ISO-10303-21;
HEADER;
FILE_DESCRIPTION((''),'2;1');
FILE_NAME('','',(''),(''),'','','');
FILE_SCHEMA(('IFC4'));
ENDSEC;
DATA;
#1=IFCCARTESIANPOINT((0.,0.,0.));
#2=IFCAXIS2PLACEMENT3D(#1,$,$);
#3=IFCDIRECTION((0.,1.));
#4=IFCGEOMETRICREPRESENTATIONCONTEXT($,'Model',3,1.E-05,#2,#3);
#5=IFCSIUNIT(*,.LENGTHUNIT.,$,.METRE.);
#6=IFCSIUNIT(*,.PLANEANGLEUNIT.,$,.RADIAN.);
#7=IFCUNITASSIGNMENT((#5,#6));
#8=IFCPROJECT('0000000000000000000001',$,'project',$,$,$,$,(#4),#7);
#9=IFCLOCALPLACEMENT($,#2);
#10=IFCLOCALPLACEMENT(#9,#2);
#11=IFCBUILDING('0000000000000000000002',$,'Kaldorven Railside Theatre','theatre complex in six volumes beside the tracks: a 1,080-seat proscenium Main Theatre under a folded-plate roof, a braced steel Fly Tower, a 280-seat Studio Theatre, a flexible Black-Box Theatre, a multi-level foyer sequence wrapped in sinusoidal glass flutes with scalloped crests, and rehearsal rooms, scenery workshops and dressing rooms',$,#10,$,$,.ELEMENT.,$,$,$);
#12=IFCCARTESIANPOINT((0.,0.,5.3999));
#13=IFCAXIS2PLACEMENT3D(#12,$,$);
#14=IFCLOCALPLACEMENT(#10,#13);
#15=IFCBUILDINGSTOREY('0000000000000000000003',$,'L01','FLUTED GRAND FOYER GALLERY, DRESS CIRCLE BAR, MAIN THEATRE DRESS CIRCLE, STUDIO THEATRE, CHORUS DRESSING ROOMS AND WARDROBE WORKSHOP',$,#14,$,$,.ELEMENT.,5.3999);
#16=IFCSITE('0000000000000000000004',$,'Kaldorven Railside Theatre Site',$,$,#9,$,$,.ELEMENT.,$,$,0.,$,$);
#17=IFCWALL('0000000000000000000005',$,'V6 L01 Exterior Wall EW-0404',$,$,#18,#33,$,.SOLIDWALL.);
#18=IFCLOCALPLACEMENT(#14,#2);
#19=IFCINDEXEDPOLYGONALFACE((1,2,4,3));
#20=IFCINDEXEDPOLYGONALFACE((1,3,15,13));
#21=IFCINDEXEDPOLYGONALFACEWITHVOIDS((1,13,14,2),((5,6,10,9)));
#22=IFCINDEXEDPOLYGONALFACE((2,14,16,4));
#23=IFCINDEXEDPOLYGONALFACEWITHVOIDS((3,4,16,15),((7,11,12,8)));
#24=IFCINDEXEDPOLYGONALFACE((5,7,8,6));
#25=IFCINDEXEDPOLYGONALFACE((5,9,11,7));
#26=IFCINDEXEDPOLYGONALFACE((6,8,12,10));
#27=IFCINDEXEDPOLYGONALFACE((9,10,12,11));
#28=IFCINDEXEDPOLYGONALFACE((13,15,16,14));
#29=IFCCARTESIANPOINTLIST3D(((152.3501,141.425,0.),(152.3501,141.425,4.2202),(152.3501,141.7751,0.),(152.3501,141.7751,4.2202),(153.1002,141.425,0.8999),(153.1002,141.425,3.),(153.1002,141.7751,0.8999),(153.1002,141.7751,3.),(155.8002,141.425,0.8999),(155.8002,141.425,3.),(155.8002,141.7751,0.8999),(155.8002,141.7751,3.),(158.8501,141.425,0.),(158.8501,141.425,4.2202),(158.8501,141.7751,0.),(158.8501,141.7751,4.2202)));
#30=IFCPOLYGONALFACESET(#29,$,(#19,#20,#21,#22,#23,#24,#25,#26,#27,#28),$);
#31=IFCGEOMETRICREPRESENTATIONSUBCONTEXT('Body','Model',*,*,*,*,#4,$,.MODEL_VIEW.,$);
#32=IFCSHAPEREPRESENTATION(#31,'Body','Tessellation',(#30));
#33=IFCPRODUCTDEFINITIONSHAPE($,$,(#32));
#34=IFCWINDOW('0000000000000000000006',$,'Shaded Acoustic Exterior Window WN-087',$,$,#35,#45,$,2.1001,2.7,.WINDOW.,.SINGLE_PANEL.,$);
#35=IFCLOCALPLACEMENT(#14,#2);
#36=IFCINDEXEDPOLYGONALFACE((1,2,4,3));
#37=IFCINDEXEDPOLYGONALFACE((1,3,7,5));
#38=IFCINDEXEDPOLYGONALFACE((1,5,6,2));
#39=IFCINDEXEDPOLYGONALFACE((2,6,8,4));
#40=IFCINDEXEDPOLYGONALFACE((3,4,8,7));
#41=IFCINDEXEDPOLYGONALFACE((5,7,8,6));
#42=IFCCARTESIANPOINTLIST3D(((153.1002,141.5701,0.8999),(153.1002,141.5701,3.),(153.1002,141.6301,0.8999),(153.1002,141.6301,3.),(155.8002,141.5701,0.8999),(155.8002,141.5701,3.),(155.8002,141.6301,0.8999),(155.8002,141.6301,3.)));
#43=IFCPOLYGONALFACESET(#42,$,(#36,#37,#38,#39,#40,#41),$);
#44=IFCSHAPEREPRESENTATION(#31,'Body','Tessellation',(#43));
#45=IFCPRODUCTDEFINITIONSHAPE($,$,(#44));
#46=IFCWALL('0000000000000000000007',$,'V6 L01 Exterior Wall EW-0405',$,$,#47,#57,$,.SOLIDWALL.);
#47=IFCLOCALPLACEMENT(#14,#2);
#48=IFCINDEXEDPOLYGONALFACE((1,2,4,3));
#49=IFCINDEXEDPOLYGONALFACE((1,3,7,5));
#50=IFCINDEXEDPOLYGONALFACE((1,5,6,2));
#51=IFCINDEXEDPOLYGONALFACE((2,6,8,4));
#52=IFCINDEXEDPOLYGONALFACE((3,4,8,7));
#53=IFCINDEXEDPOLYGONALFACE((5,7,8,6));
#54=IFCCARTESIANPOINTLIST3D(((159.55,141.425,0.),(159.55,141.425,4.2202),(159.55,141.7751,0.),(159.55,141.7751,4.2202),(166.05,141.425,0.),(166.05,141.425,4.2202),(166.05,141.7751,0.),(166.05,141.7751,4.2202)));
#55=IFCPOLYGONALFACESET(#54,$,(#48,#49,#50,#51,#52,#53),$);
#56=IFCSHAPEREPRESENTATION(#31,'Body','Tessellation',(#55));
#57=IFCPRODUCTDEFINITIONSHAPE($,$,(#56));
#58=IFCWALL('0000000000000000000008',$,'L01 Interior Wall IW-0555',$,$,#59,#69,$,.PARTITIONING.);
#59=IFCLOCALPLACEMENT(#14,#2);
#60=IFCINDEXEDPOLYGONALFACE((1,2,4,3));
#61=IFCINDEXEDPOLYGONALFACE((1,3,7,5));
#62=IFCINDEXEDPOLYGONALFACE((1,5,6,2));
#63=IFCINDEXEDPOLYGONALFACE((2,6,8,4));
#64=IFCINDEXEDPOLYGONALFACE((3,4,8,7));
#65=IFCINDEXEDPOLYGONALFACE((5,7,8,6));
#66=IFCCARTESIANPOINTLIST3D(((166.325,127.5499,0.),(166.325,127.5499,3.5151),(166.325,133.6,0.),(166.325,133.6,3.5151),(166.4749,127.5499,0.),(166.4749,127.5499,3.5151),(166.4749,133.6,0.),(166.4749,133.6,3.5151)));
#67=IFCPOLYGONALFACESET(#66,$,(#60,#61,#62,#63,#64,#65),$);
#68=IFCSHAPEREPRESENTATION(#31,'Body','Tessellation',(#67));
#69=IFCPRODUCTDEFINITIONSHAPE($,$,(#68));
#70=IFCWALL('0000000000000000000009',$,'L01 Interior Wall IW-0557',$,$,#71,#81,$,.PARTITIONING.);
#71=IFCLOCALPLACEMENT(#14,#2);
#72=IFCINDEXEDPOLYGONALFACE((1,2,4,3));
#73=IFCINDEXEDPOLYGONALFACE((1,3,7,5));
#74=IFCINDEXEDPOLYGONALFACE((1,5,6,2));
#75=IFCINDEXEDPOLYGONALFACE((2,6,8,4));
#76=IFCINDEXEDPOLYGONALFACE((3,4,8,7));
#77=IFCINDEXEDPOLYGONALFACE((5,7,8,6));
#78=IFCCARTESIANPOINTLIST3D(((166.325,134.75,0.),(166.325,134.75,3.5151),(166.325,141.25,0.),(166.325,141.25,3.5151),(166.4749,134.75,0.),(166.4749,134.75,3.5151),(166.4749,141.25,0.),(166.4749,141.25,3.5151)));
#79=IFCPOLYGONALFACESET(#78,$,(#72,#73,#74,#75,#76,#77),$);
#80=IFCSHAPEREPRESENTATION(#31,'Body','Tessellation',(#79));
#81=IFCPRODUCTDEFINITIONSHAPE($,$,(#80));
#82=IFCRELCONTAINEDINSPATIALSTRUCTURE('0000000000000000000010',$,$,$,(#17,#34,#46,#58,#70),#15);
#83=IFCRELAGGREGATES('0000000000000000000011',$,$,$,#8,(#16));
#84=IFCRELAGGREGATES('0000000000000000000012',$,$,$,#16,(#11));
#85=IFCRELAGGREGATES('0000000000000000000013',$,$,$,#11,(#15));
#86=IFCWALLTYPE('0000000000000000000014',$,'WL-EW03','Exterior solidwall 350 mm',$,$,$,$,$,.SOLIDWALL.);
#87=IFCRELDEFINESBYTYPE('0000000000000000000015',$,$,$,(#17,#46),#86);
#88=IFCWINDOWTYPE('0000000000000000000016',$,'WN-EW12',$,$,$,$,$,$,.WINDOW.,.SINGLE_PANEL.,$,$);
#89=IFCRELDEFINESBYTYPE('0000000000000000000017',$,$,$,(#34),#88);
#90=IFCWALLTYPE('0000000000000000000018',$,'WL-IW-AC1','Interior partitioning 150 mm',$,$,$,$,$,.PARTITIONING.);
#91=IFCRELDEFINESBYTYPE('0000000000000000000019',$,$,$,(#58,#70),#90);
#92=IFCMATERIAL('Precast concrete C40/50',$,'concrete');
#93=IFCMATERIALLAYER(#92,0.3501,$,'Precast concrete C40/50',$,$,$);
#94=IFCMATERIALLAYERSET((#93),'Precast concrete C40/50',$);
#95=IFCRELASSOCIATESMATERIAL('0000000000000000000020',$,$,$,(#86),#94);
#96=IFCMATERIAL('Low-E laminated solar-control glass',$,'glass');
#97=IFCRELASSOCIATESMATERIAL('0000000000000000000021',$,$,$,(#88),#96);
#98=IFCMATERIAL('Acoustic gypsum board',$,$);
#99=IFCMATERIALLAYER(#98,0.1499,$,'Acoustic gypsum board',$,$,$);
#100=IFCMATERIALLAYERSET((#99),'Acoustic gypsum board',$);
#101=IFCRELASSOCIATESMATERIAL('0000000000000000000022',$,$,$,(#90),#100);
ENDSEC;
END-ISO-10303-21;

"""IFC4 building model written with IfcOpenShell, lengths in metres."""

from ifc_helpers import new_model, si_unit, direction, frame, frame_2d, origin, place, context, subcontext, project, spatial, rectangle, extrude, material, layer, layer_set, type_object, element, fill, save


model = new_model("IFC4")

# Units and contexts
model_context = context("Model", 3, precision=1e-05, world=origin(), true_north=direction((0.0, 1.0)))
body_context = subcontext(model_context, "Body", "Model", "MODEL_VIEW")
ifc_project = project(units=[si_unit("LENGTHUNIT", "METRE"), si_unit("PLANEANGLEUNIT", "RADIAN")], contexts=[model_context])

# Site, building, storey
site_placement = place(None, origin())
site = spatial("IfcSite", under=ifc_project, at=site_placement, Name="Kaldorven Railside Theatre Site", CompositionType="ELEMENT", RefElevation=0.0)
building_placement = place(site_placement, origin())
building = spatial("IfcBuilding", under=site, at=building_placement, Name="Kaldorven Railside Theatre", Description="theatre complex in six volumes beside the tracks: a 1,080-seat proscenium Main Theatre under a folded-plate roof, a braced steel Fly Tower, a 280-seat Studio Theatre, a flexible Black-Box Theatre, a multi-level foyer sequence wrapped in sinusoidal glass flutes with scalloped crests, and rehearsal rooms, scenery workshops and dressing rooms", CompositionType="ELEMENT")
storey_placement = place(building_placement, frame((0.0, 0.0, 5.3999)))
storey = spatial("IfcBuildingStorey", under=building, at=storey_placement, Name="L01", Description="FLUTED GRAND FOYER GALLERY, DRESS CIRCLE BAR, MAIN THEATRE DRESS CIRCLE, STUDIO THEATRE, CHORUS DRESSING ROOMS AND WARDROBE WORKSHOP", CompositionType="ELEMENT", Elevation=5.3999)

# Wall, opening, window
ifc_material_1 = material(Name="Precast concrete C40/50", Category="concrete")
ifc_layer_1 = layer(ifc_material_1, 0.3501, Name="Precast concrete C40/50")
ifc_layer_set_1 = layer_set([ifc_layer_1], Name="Precast concrete C40/50")
wall_type_1 = type_object("IfcWallType", Name="WL-EW03", Description="Exterior solidwall 350 mm", PredefinedType="SOLIDWALL", material=ifc_layer_set_1)
wall_1_placement = place(storey_placement, frame((152.3501, 141.6001, 0.0), z_axis=(0.0, 0.0, 1.0), x_axis=(1.0, 0.0, 0.0)))
wall_1 = element("IfcWall", 1, at=wall_1_placement, inside=storey, type_object=wall_type_1, Name="V6 L01 Exterior Wall EW-0404", PredefinedType="SOLIDWALL", context=body_context, shape_type="SweptSolid", body=[
    extrude(rectangle(XDim=6.5, YDim=0.3501, at=frame_2d((3.25, 0.0))), origin(), (0.0, 0.0, 1.0), 4.2202),
])
opening_placement = place(wall_1_placement, frame((0.75, 0.0, 0.8999)))
opening = element("IfcOpeningElement", 2, at=opening_placement, cuts=wall_1, PredefinedType="OPENING", context=body_context, shape_type="SweptSolid", body=[
    extrude(rectangle(XDim=2.7, YDim=2.1001, at=frame_2d((1.3501, 1.05))), frame((0.0, 0.1851, 0.0), z_axis=(0.0, -1.0, 0.0), x_axis=(1.0, 0.0, 0.0)), (0.0, 0.0, 1.0), 0.3701),
])
ifc_material_2 = material(Name="Low-E laminated solar-control glass", Category="glass")
window_type = type_object("IfcWindowType", Name="WN-EW12", PartitioningType="SINGLE_PANEL", PredefinedType="WINDOW", material=ifc_material_2)
window_placement = place(opening_placement, origin())
window = element("IfcWindow", 3, at=window_placement, inside=storey, type_object=window_type, Name="Shaded Acoustic Exterior Window WN-087", OverallHeight=2.1001, OverallWidth=2.7, PartitioningType="SINGLE_PANEL", PredefinedType="WINDOW", context=body_context, shape_type="SweptSolid", body=[
    extrude(rectangle(XDim=2.7, YDim=2.1001, at=frame_2d((1.3501, 1.05))), frame((0.0, 0.03, 0.0), z_axis=(0.0, -1.0, 0.0), x_axis=(1.0, 0.0, 0.0)), (0.0, 0.0, 1.0), 0.0601),
])
fill(opening, window)

# Walls
wall_2_placement = place(storey_placement, frame((159.55, 141.6001, 0.0), z_axis=(0.0, 0.0, 1.0), x_axis=(1.0, 0.0, 0.0)))
element("IfcWall", 4, at=wall_2_placement, inside=storey, type_object=wall_type_1, Name="V6 L01 Exterior Wall EW-0405", PredefinedType="SOLIDWALL", context=body_context, shape_type="SweptSolid", body=[
    extrude(rectangle(XDim=6.5, YDim=0.3501, at=frame_2d((3.25, 0.0))), origin(), (0.0, 0.0, 1.0), 4.2202),
])
ifc_material_3 = material(Name="Acoustic gypsum board")
ifc_layer_2 = layer(ifc_material_3, 0.1499, Name="Acoustic gypsum board")
ifc_layer_set_2 = layer_set([ifc_layer_2], Name="Acoustic gypsum board")
wall_type_2 = type_object("IfcWallType", Name="WL-IW-AC1", Description="Interior partitioning 150 mm", PredefinedType="PARTITIONING", material=ifc_layer_set_2)
wall_3_placement = place(storey_placement, frame((166.3999, 127.55, 0.0), z_axis=(0.0, 0.0, 1.0), x_axis=(0.0, 1.0, 0.0)))
element("IfcWall", 5, at=wall_3_placement, inside=storey, type_object=wall_type_2, Name="L01 Interior Wall IW-0555", PredefinedType="PARTITIONING", context=body_context, shape_type="SweptSolid", body=[
    extrude(rectangle(XDim=6.05, YDim=0.1499, at=frame_2d((3.0249, 0.0))), origin(), (0.0, 0.0, 1.0), 3.5151),
])
wall_4_placement = place(storey_placement, frame((166.3999, 134.75, 0.0), z_axis=(0.0, 0.0, 1.0), x_axis=(0.0, 1.0, 0.0)))
element("IfcWall", 6, at=wall_4_placement, inside=storey, type_object=wall_type_2, Name="L01 Interior Wall IW-0557", PredefinedType="PARTITIONING", context=body_context, shape_type="SweptSolid", body=[
    extrude(rectangle(XDim=6.5, YDim=0.1499, at=frame_2d((3.25, 0.0))), origin(), (0.0, 0.0, 1.0), 3.5151),
])

save(model, "model.ifc")
